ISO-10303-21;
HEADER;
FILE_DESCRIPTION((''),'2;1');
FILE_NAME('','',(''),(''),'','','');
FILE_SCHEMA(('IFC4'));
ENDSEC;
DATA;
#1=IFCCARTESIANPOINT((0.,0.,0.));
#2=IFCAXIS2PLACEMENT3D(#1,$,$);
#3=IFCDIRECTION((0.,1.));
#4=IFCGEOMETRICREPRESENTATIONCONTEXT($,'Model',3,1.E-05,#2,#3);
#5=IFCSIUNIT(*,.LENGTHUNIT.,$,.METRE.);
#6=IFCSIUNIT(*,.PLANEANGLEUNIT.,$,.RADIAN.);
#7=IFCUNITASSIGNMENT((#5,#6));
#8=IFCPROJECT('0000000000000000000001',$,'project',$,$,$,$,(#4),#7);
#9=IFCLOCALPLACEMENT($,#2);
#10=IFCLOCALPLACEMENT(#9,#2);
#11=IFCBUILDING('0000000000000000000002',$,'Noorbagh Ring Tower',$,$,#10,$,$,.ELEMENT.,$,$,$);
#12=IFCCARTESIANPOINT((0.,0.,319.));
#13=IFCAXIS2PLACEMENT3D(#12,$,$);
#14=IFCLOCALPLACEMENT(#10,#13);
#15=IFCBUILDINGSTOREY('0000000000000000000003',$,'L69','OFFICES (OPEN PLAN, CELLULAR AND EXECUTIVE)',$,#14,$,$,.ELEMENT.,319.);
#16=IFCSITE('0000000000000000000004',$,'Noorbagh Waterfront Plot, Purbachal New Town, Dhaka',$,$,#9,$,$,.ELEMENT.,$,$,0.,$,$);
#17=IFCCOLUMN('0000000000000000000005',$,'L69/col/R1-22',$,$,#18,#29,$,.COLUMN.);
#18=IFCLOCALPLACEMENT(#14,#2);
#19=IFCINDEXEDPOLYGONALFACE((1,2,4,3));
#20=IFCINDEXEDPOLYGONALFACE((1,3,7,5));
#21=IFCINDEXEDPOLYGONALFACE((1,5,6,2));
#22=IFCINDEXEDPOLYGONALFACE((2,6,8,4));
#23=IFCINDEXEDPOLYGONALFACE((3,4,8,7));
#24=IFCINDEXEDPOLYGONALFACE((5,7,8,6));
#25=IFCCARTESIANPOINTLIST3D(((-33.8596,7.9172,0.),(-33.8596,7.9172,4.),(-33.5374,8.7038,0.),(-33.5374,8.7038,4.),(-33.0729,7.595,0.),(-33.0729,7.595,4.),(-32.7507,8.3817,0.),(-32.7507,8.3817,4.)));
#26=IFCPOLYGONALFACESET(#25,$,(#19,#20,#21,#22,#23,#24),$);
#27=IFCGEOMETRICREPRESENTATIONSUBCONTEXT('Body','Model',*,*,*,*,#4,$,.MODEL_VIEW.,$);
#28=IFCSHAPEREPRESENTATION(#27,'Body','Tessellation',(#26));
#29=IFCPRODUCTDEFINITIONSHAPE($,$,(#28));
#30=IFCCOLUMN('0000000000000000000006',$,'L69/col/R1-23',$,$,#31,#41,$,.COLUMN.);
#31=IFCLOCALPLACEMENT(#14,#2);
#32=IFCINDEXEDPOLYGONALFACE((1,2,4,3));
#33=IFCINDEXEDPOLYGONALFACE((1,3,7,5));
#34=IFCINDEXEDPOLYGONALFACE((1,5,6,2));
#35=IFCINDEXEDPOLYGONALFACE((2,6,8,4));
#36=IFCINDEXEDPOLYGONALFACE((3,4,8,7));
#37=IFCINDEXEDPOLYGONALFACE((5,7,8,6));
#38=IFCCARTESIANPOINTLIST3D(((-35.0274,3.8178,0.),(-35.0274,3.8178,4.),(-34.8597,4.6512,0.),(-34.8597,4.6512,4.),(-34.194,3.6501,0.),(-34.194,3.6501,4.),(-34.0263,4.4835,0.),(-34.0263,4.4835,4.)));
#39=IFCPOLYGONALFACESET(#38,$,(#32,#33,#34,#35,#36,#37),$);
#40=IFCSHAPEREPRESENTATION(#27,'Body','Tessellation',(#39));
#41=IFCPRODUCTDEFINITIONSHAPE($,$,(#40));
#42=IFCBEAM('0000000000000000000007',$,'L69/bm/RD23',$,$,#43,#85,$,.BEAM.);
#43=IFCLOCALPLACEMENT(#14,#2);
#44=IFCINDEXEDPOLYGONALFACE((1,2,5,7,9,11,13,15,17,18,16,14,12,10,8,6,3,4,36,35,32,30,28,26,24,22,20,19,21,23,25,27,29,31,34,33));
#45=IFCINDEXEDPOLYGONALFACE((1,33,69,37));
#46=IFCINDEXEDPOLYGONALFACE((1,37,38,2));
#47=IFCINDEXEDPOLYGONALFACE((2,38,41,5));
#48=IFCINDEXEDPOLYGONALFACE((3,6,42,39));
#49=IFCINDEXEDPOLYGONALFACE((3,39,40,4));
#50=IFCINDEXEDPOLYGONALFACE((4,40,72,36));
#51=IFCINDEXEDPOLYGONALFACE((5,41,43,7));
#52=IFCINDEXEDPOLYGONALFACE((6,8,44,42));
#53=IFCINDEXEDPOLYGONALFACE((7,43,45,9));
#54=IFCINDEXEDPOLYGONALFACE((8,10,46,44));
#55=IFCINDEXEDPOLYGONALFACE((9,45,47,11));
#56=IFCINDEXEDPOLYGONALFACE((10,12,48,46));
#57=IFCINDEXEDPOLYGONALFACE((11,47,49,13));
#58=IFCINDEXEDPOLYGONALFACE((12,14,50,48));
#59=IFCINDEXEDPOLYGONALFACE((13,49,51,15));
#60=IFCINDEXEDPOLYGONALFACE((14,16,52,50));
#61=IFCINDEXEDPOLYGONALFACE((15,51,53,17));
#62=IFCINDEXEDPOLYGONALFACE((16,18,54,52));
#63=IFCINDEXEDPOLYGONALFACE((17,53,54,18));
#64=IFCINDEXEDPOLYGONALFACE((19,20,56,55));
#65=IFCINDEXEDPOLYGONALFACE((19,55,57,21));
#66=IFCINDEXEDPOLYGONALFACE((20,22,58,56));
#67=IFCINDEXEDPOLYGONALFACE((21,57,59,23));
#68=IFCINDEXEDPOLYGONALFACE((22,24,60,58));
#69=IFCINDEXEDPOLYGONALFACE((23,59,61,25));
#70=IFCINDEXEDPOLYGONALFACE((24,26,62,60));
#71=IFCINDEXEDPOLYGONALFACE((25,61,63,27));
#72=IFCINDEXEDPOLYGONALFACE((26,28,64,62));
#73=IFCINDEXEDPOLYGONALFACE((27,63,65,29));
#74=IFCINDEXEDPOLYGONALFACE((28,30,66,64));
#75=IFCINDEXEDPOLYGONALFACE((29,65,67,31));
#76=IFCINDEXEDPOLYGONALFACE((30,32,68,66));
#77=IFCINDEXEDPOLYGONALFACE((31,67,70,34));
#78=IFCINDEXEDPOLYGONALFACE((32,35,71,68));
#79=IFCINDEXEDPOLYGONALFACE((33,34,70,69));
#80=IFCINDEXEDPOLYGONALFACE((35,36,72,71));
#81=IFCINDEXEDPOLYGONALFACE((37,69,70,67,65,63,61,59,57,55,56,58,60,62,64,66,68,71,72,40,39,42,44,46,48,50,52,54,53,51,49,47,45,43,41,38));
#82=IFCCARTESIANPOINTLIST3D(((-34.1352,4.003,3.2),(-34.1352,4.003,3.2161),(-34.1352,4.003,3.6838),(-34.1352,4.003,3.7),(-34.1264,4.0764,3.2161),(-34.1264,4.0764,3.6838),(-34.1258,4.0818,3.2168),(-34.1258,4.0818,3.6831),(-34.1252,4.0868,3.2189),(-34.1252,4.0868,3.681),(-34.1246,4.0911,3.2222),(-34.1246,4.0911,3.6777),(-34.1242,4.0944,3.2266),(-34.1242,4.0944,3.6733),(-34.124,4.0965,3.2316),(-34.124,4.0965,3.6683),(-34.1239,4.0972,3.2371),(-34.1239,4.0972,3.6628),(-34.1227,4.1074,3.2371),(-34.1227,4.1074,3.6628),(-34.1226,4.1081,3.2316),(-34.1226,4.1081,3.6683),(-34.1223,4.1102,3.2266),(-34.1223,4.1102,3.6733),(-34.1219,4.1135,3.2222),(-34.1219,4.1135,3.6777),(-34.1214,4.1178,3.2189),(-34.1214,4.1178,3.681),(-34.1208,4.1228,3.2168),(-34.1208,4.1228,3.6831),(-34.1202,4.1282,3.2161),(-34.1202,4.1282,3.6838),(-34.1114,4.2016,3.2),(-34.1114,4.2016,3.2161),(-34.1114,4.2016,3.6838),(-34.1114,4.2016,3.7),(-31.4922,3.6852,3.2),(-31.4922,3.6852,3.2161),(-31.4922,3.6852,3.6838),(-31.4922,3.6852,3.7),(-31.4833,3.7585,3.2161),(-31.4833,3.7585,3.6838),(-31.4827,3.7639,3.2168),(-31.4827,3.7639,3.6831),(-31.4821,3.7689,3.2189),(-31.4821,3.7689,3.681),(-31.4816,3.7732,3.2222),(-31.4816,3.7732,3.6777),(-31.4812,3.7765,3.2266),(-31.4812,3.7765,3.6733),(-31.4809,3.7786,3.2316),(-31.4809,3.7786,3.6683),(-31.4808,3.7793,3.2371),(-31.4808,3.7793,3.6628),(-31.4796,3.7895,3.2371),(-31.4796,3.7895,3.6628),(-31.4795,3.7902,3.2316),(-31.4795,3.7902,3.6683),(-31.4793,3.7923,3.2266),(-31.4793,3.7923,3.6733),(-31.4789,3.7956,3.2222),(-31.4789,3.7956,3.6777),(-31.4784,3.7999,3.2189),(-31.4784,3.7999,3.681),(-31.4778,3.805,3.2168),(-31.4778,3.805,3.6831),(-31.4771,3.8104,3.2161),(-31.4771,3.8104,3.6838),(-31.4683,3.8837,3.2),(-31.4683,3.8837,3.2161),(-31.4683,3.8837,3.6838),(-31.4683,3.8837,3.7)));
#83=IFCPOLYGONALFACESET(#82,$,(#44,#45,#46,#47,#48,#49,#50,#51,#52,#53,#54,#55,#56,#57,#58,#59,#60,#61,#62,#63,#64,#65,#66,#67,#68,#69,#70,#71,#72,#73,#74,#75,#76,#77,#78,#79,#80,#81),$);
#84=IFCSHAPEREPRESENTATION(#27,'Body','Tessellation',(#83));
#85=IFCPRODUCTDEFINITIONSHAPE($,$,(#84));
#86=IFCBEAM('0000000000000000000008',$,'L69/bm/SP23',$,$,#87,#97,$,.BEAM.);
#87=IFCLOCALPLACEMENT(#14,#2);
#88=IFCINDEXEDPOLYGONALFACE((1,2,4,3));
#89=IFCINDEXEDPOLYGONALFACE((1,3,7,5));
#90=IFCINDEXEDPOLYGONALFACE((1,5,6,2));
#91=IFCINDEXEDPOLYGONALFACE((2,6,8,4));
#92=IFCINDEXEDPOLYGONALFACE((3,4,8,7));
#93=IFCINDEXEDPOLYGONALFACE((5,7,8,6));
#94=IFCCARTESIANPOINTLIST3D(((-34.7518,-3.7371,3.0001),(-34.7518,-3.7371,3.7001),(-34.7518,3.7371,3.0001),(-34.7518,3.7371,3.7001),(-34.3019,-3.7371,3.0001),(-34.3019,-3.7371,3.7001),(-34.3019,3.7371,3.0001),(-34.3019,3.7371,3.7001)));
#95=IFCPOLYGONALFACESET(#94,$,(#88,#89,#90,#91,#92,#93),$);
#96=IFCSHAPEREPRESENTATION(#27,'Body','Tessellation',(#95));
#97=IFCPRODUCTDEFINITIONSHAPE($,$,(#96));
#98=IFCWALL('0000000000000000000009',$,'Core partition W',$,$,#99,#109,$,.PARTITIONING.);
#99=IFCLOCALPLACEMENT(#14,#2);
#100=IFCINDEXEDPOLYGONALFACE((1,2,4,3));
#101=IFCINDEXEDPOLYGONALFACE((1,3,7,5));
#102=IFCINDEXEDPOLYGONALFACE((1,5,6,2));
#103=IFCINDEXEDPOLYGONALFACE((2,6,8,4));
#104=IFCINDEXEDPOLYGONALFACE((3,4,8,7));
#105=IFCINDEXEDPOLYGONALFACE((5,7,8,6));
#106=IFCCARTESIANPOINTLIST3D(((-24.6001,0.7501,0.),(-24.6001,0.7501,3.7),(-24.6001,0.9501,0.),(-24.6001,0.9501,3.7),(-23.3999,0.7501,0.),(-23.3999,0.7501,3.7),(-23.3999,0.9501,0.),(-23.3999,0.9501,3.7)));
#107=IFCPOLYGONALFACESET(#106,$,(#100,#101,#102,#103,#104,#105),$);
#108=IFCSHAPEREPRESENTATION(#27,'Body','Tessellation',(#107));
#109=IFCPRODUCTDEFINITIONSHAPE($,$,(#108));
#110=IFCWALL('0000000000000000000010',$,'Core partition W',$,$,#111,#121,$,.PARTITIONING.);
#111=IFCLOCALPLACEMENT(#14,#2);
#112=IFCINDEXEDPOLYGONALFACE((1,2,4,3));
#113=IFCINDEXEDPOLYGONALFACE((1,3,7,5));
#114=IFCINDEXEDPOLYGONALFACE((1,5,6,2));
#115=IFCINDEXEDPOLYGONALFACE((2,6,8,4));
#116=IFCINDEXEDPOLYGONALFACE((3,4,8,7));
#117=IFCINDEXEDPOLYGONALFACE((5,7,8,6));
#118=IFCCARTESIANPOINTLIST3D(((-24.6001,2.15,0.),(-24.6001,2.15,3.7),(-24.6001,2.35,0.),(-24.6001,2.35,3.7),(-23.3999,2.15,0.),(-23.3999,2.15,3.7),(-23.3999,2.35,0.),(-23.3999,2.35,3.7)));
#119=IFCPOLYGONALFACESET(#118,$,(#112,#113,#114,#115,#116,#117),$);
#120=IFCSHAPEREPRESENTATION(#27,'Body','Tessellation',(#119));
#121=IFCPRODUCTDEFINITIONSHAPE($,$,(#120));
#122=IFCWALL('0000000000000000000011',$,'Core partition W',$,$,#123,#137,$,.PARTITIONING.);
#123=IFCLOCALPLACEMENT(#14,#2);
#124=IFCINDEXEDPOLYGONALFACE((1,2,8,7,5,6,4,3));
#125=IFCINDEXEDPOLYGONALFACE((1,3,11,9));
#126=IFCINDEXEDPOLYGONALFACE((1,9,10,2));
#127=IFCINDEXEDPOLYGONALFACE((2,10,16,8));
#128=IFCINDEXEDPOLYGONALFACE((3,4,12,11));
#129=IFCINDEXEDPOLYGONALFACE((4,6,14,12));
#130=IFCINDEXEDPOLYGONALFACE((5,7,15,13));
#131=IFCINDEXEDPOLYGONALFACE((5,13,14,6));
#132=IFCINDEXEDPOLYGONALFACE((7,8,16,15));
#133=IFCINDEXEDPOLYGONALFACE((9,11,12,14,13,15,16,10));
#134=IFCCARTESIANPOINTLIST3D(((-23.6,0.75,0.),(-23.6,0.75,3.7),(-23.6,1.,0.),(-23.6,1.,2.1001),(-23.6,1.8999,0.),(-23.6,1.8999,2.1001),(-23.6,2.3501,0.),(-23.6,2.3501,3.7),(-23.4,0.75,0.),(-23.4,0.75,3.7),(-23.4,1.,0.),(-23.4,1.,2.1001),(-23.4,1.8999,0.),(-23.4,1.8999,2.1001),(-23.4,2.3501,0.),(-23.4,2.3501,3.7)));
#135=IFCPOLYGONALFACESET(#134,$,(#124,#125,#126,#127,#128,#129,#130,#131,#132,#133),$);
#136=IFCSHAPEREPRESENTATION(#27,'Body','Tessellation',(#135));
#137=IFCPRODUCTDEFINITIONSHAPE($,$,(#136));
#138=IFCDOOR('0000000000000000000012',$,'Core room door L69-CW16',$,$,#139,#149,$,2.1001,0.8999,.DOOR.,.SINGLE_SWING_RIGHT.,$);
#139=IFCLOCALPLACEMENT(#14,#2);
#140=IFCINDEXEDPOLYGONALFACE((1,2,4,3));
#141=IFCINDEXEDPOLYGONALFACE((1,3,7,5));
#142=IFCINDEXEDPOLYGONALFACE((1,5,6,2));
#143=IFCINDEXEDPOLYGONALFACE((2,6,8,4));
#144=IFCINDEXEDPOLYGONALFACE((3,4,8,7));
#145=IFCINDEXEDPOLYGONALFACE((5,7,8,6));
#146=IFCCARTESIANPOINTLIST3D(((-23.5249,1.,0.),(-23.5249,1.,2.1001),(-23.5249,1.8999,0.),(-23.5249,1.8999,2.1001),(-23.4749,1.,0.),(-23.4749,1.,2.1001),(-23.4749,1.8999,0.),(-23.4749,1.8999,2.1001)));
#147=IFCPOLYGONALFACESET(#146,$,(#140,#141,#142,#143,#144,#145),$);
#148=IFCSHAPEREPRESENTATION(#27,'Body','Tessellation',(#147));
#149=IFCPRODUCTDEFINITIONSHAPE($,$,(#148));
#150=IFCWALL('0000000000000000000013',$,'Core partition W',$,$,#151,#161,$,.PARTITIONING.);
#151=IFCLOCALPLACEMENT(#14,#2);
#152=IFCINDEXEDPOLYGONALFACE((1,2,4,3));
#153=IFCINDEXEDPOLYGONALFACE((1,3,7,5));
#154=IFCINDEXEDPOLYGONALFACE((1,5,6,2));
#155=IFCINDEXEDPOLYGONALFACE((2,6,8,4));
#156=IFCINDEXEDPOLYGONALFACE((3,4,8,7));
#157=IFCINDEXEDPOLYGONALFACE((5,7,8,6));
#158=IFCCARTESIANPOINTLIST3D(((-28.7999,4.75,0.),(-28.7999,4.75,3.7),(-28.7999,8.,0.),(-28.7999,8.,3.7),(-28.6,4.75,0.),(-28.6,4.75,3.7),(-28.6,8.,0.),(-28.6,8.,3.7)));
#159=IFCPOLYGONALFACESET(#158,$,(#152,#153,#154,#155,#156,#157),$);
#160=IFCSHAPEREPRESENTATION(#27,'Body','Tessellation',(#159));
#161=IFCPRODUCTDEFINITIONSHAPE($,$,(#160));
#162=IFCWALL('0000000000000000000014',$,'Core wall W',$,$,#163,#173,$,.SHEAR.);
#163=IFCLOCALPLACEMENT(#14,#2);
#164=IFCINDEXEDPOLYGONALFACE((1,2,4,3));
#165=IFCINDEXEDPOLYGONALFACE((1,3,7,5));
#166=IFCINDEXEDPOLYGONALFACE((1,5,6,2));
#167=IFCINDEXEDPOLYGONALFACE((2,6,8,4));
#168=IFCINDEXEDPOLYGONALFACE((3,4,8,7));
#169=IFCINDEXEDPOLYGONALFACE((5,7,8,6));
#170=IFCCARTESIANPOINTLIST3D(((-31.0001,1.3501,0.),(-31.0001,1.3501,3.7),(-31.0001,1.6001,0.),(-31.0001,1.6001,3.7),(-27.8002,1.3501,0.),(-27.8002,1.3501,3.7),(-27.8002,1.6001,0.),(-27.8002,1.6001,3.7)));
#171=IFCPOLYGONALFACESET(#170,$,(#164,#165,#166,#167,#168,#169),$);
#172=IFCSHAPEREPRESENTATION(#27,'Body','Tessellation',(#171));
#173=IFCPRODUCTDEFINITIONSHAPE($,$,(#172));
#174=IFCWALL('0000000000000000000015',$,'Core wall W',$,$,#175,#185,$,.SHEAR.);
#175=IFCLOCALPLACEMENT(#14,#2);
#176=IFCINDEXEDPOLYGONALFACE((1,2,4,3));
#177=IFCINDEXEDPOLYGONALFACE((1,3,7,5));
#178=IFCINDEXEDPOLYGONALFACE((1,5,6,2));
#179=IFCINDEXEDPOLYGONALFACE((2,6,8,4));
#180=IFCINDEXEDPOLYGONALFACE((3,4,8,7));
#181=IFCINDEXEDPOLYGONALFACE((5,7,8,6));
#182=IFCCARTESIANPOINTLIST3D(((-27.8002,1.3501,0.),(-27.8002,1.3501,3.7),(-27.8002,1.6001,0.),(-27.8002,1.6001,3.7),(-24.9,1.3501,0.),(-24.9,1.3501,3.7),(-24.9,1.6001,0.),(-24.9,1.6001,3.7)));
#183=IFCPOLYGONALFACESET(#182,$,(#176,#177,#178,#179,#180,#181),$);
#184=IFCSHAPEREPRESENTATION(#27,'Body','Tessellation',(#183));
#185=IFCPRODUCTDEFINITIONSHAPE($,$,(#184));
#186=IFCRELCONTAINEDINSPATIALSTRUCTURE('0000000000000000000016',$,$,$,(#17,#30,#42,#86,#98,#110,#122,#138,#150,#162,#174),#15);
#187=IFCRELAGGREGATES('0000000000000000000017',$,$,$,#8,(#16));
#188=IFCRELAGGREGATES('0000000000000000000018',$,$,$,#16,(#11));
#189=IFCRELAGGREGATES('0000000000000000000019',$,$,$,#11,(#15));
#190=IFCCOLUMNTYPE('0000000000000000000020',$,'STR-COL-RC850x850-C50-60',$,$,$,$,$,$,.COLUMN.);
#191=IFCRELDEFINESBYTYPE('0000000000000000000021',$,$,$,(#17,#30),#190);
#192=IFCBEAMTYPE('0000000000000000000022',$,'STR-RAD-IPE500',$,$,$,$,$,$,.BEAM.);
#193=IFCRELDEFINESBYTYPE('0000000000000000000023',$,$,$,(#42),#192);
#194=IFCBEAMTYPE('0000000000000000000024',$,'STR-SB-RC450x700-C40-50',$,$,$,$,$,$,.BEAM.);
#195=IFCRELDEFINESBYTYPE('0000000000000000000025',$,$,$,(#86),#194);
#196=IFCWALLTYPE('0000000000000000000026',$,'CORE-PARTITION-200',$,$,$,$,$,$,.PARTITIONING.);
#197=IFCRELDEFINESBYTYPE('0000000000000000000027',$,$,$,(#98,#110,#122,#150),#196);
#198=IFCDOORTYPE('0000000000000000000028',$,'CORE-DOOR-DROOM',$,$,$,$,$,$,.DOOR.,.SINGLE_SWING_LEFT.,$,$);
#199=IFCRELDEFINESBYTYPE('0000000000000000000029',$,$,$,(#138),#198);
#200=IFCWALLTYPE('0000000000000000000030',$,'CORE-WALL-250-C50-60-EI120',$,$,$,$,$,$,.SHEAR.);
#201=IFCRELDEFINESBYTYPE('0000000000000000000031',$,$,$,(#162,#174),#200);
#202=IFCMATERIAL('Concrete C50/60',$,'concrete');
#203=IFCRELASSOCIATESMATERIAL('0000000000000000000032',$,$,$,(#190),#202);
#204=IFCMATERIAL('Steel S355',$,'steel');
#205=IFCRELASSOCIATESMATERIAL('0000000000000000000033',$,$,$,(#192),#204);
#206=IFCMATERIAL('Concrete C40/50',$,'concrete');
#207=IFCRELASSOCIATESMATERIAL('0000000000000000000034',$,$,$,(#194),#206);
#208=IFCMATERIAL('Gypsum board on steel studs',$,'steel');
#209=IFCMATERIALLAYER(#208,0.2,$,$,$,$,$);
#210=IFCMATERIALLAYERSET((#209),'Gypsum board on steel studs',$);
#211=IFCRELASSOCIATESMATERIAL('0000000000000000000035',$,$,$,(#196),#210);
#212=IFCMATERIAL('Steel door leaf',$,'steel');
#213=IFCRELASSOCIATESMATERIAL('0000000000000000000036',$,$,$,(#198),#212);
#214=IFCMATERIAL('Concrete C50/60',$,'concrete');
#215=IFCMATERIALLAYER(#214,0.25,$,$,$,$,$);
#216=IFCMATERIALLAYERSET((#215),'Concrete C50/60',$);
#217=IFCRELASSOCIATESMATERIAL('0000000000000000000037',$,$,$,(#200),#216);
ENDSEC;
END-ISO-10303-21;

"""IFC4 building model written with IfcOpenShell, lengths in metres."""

from ifc_helpers import new_model, si_unit, direction, frame, frame_2d, origin, origin_2d, place, context, subcontext, project, spatial, rectangle, i_section, extrude, material, layer, layer_set, material_profile, profile_set, type_object, element, fill, save


model = new_model("IFC4")

# Units and contexts
model_context = context("Model", 3, precision=1e-05, world=origin(), true_north=direction((0.0, 1.0)))
body_context = subcontext(model_context, "Body", "Model", "MODEL_VIEW")
ifc_project = project(units=[si_unit("LENGTHUNIT", "METRE"), si_unit("PLANEANGLEUNIT", "RADIAN")], contexts=[model_context])

# Site, building, storey
site_placement = place(None, origin())
site = spatial("IfcSite", under=ifc_project, at=site_placement, Name="Noorbagh Waterfront Plot, Purbachal New Town, Dhaka", CompositionType="ELEMENT", RefElevation=0.0)
building_placement = place(site_placement, origin())
building = spatial("IfcBuilding", under=site, at=building_placement, Name="Noorbagh Ring Tower", CompositionType="ELEMENT")
storey_placement = place(building_placement, frame((0.0, 0.0, 319.0)))
storey = spatial("IfcBuildingStorey", under=building, at=storey_placement, Name="L69", Description="OFFICES (OPEN PLAN, CELLULAR AND EXECUTIVE)", CompositionType="ELEMENT", Elevation=319.0)

# Columns
ifc_material_1 = material(Name="Concrete C50/60", Category="concrete")
ifc_material_profile_1 = material_profile(ifc_material_1, rectangle(XDim=0.8501, YDim=0.8501, at=origin_2d()), Name="RC850x850")
ifc_profile_set_1 = profile_set([ifc_material_profile_1], Name="Concrete C50/60")
column_type = type_object("IfcColumnType", Name="STR-COL-RC850x850-C50-60", PredefinedType="COLUMN", material=ifc_profile_set_1)
for number, where, z_axis, x_axis, name in (
    (1, (-33.3052, 8.1494, 0.0), (0.0, 0.0, 1.0), (-0.378989, -0.925401, 0.0), "L69/col/R1-22"),
    (2, (-34.5269, 4.1506, 0.0), (0.0, 0.0, 1.0), (-0.19723, -0.980357, 0.0), "L69/col/R1-23"),
):
    element("IfcColumn", number, at=place(storey_placement, frame(where, z_axis=z_axis, x_axis=x_axis)), inside=storey, type_object=column_type, Name=name, PredefinedType="COLUMN", context=body_context, shape_type="SweptSolid", body=[
        extrude(rectangle(XDim=0.8501, YDim=0.8501, at=origin_2d()), origin(), (0.0, 0.0, 1.0), 4.0),
    ])

# Beams
ifc_material_2 = material(Name="Steel S355", Category="steel")
ifc_material_profile_2 = material_profile(ifc_material_2, i_section(OverallWidth=0.2, OverallDepth=0.5, WebThickness=0.0103, FlangeThickness=0.0161, FilletRadius=0.021, at=origin_2d()), Name="IPE500")
ifc_profile_set_2 = profile_set([ifc_material_profile_2], Name="Steel S355")
beam_type_1 = type_object("IfcBeamType", Name="STR-RAD-IPE500", PredefinedType="BEAM", material=ifc_profile_set_2)
beam_1_placement = place(storey_placement, frame((-34.1233, 4.1023, 3.45), z_axis=(0.992846, -0.119406, 0.0), x_axis=(0.119406, 0.992846, 0.0)))
element("IfcBeam", 3, at=beam_1_placement, inside=storey, type_object=beam_type_1, Name="L69/bm/RD23", PredefinedType="BEAM", context=body_context, shape_type="SweptSolid", body=[
    extrude(i_section(OverallWidth=0.2, OverallDepth=0.5, WebThickness=0.0103, FlangeThickness=0.0161, FilletRadius=0.021, at=origin_2d()), origin(), (0.0, 0.0, 1.0), 2.6621),
])
ifc_material_3 = material(Name="Concrete C40/50", Category="concrete")
ifc_material_profile_3 = material_profile(ifc_material_3, rectangle(XDim=0.45, YDim=0.7, at=origin_2d()), Name="RC450x700")
ifc_profile_set_3 = profile_set([ifc_material_profile_3], Name="Concrete C40/50")
beam_type_2 = type_object("IfcBeamType", Name="STR-SB-RC450x700-C40-50", PredefinedType="BEAM", material=ifc_profile_set_3)
beam_2_placement = place(storey_placement, frame((-34.5269, 3.7371, 3.3501), z_axis=(0.0, -1.0, 0.0), x_axis=(1.0, 0.0, 0.0)))
element("IfcBeam", 4, at=beam_2_placement, inside=storey, type_object=beam_type_2, Name="L69/bm/SP23", PredefinedType="BEAM", context=body_context, shape_type="SweptSolid", body=[
    extrude(rectangle(XDim=0.45, YDim=0.7, at=origin_2d()), origin(), (0.0, 0.0, 1.0), 7.4741),
])

# Walls
ifc_material_4 = material(Name="Gypsum board on steel studs", Category="steel")
ifc_layer_1 = layer(ifc_material_4, 0.2)
ifc_layer_set_1 = layer_set([ifc_layer_1], Name="Gypsum board on steel studs")
wall_type_1 = type_object("IfcWallType", Name="CORE-PARTITION-200", PredefinedType="PARTITIONING", material=ifc_layer_set_1)
for number, where, z_axis, x_axis, name in (
    (5, (-23.3999, 0.8501, 0.0), (0.0, 0.0, 1.0), (-1.0, 0.0, 0.0), "Core partition W"),
    (6, (-23.3999, 2.25, 0.0), (0.0, 0.0, 1.0), (-1.0, 0.0, 0.0), "Core partition W"),
):
    element("IfcWall", number, at=place(storey_placement, frame(where, z_axis=z_axis, x_axis=x_axis)), inside=storey, type_object=wall_type_1, Name=name, PredefinedType="PARTITIONING", context=body_context, shape_type="SweptSolid", body=[
        extrude(rectangle(XDim=1.2002, YDim=0.2, at=frame_2d((0.6001, 0.0))), origin(), (0.0, 0.0, 1.0), 3.7),
    ])

# Wall, opening, door
wall_1_placement = place(storey_placement, frame((-23.5, 0.75, 0.0), z_axis=(0.0, 0.0, 1.0), x_axis=(0.0, 1.0, 0.0)))
wall_1 = element("IfcWall", 7, at=wall_1_placement, inside=storey, type_object=wall_type_1, Name="Core partition W", PredefinedType="PARTITIONING", context=body_context, shape_type="SweptSolid", body=[
    extrude(rectangle(XDim=1.6001, YDim=0.2, at=frame_2d((0.8, 0.0))), origin(), (0.0, 0.0, 1.0), 3.7),
])
opening_1_placement = place(wall_1_placement, frame((0.25, 0.0, 0.0)))
opening_1 = element("IfcOpeningElement", 8, at=opening_1_placement, cuts=wall_1, PredefinedType="OPENING", context=body_context, shape_type="SweptSolid", body=[
    extrude(rectangle(XDim=0.8999, YDim=2.1001, at=frame_2d((0.45, 1.05))), frame((0.0, 0.1099, 0.0), z_axis=(0.0, -1.0, 0.0), x_axis=(1.0, 0.0, 0.0)), (0.0, 0.0, 1.0), 0.22),
])
ifc_material_5 = material(Name="Steel door leaf", Category="steel")
door_type_1 = type_object("IfcDoorType", Name="CORE-DOOR-DROOM", OperationType="SINGLE_SWING_LEFT", PredefinedType="DOOR", material=ifc_material_5)
door_1_placement = place(opening_1_placement, origin())
door_1 = element("IfcDoor", 9, at=door_1_placement, inside=storey, type_object=door_type_1, Name="Core room door L69-CW16", OperationType="SINGLE_SWING_RIGHT", OverallHeight=2.1001, OverallWidth=0.8999, PredefinedType="DOOR", context=body_context, shape_type="SweptSolid", body=[
    extrude(rectangle(XDim=0.8999, YDim=2.1001, at=frame_2d((0.45, 1.05))), frame((0.0, 0.0249, 0.0), z_axis=(0.0, -1.0, 0.0), x_axis=(1.0, 0.0, 0.0)), (0.0, 0.0, 1.0), 0.05),
])
fill(opening_1, door_1)

# Walls
wall_2_placement = place(storey_placement, frame((-28.7, 4.75, 0.0), z_axis=(0.0, 0.0, 1.0), x_axis=(0.0, 1.0, 0.0)))
element("IfcWall", 10, at=wall_2_placement, inside=storey, type_object=wall_type_1, Name="Core partition W", PredefinedType="PARTITIONING", context=body_context, shape_type="SweptSolid", body=[
    extrude(rectangle(XDim=3.25, YDim=0.2, at=frame_2d((1.625, 0.0))), origin(), (0.0, 0.0, 1.0), 3.7),
])
ifc_material_6 = material(Name="Concrete C50/60", Category="concrete")
ifc_layer_2 = layer(ifc_material_6, 0.25)
ifc_layer_set_2 = layer_set([ifc_layer_2], Name="Concrete C50/60")
wall_type_2 = type_object("IfcWallType", Name="CORE-WALL-250-C50-60-EI120", PredefinedType="SHEAR", material=ifc_layer_set_2)
wall_3_placement = place(storey_placement, frame((-27.8, 1.4751, 0.0), z_axis=(0.0, 0.0, 1.0), x_axis=(-1.0, 0.0, 0.0)))
element("IfcWall", 11, at=wall_3_placement, inside=storey, type_object=wall_type_2, Name="Core wall W", PredefinedType="SHEAR", context=body_context, shape_type="SweptSolid", body=[
    extrude(rectangle(XDim=3.2, YDim=0.25, at=frame_2d((1.6001, 0.0))), origin(), (0.0, 0.0, 1.0), 3.7),
])
wall_4_placement = place(storey_placement, frame((-24.8999, 1.4751, 0.0), z_axis=(0.0, 0.0, 1.0), x_axis=(-1.0, 0.0, 0.0)))
element("IfcWall", 12, at=wall_4_placement, inside=storey, type_object=wall_type_2, Name="Core wall W", PredefinedType="SHEAR", context=body_context, shape_type="SweptSolid", body=[
    extrude(rectangle(XDim=2.9001, YDim=0.25, at=frame_2d((1.4502, 0.0))), origin(), (0.0, 0.0, 1.0), 3.7),
])

save(model, "model.ifc")
